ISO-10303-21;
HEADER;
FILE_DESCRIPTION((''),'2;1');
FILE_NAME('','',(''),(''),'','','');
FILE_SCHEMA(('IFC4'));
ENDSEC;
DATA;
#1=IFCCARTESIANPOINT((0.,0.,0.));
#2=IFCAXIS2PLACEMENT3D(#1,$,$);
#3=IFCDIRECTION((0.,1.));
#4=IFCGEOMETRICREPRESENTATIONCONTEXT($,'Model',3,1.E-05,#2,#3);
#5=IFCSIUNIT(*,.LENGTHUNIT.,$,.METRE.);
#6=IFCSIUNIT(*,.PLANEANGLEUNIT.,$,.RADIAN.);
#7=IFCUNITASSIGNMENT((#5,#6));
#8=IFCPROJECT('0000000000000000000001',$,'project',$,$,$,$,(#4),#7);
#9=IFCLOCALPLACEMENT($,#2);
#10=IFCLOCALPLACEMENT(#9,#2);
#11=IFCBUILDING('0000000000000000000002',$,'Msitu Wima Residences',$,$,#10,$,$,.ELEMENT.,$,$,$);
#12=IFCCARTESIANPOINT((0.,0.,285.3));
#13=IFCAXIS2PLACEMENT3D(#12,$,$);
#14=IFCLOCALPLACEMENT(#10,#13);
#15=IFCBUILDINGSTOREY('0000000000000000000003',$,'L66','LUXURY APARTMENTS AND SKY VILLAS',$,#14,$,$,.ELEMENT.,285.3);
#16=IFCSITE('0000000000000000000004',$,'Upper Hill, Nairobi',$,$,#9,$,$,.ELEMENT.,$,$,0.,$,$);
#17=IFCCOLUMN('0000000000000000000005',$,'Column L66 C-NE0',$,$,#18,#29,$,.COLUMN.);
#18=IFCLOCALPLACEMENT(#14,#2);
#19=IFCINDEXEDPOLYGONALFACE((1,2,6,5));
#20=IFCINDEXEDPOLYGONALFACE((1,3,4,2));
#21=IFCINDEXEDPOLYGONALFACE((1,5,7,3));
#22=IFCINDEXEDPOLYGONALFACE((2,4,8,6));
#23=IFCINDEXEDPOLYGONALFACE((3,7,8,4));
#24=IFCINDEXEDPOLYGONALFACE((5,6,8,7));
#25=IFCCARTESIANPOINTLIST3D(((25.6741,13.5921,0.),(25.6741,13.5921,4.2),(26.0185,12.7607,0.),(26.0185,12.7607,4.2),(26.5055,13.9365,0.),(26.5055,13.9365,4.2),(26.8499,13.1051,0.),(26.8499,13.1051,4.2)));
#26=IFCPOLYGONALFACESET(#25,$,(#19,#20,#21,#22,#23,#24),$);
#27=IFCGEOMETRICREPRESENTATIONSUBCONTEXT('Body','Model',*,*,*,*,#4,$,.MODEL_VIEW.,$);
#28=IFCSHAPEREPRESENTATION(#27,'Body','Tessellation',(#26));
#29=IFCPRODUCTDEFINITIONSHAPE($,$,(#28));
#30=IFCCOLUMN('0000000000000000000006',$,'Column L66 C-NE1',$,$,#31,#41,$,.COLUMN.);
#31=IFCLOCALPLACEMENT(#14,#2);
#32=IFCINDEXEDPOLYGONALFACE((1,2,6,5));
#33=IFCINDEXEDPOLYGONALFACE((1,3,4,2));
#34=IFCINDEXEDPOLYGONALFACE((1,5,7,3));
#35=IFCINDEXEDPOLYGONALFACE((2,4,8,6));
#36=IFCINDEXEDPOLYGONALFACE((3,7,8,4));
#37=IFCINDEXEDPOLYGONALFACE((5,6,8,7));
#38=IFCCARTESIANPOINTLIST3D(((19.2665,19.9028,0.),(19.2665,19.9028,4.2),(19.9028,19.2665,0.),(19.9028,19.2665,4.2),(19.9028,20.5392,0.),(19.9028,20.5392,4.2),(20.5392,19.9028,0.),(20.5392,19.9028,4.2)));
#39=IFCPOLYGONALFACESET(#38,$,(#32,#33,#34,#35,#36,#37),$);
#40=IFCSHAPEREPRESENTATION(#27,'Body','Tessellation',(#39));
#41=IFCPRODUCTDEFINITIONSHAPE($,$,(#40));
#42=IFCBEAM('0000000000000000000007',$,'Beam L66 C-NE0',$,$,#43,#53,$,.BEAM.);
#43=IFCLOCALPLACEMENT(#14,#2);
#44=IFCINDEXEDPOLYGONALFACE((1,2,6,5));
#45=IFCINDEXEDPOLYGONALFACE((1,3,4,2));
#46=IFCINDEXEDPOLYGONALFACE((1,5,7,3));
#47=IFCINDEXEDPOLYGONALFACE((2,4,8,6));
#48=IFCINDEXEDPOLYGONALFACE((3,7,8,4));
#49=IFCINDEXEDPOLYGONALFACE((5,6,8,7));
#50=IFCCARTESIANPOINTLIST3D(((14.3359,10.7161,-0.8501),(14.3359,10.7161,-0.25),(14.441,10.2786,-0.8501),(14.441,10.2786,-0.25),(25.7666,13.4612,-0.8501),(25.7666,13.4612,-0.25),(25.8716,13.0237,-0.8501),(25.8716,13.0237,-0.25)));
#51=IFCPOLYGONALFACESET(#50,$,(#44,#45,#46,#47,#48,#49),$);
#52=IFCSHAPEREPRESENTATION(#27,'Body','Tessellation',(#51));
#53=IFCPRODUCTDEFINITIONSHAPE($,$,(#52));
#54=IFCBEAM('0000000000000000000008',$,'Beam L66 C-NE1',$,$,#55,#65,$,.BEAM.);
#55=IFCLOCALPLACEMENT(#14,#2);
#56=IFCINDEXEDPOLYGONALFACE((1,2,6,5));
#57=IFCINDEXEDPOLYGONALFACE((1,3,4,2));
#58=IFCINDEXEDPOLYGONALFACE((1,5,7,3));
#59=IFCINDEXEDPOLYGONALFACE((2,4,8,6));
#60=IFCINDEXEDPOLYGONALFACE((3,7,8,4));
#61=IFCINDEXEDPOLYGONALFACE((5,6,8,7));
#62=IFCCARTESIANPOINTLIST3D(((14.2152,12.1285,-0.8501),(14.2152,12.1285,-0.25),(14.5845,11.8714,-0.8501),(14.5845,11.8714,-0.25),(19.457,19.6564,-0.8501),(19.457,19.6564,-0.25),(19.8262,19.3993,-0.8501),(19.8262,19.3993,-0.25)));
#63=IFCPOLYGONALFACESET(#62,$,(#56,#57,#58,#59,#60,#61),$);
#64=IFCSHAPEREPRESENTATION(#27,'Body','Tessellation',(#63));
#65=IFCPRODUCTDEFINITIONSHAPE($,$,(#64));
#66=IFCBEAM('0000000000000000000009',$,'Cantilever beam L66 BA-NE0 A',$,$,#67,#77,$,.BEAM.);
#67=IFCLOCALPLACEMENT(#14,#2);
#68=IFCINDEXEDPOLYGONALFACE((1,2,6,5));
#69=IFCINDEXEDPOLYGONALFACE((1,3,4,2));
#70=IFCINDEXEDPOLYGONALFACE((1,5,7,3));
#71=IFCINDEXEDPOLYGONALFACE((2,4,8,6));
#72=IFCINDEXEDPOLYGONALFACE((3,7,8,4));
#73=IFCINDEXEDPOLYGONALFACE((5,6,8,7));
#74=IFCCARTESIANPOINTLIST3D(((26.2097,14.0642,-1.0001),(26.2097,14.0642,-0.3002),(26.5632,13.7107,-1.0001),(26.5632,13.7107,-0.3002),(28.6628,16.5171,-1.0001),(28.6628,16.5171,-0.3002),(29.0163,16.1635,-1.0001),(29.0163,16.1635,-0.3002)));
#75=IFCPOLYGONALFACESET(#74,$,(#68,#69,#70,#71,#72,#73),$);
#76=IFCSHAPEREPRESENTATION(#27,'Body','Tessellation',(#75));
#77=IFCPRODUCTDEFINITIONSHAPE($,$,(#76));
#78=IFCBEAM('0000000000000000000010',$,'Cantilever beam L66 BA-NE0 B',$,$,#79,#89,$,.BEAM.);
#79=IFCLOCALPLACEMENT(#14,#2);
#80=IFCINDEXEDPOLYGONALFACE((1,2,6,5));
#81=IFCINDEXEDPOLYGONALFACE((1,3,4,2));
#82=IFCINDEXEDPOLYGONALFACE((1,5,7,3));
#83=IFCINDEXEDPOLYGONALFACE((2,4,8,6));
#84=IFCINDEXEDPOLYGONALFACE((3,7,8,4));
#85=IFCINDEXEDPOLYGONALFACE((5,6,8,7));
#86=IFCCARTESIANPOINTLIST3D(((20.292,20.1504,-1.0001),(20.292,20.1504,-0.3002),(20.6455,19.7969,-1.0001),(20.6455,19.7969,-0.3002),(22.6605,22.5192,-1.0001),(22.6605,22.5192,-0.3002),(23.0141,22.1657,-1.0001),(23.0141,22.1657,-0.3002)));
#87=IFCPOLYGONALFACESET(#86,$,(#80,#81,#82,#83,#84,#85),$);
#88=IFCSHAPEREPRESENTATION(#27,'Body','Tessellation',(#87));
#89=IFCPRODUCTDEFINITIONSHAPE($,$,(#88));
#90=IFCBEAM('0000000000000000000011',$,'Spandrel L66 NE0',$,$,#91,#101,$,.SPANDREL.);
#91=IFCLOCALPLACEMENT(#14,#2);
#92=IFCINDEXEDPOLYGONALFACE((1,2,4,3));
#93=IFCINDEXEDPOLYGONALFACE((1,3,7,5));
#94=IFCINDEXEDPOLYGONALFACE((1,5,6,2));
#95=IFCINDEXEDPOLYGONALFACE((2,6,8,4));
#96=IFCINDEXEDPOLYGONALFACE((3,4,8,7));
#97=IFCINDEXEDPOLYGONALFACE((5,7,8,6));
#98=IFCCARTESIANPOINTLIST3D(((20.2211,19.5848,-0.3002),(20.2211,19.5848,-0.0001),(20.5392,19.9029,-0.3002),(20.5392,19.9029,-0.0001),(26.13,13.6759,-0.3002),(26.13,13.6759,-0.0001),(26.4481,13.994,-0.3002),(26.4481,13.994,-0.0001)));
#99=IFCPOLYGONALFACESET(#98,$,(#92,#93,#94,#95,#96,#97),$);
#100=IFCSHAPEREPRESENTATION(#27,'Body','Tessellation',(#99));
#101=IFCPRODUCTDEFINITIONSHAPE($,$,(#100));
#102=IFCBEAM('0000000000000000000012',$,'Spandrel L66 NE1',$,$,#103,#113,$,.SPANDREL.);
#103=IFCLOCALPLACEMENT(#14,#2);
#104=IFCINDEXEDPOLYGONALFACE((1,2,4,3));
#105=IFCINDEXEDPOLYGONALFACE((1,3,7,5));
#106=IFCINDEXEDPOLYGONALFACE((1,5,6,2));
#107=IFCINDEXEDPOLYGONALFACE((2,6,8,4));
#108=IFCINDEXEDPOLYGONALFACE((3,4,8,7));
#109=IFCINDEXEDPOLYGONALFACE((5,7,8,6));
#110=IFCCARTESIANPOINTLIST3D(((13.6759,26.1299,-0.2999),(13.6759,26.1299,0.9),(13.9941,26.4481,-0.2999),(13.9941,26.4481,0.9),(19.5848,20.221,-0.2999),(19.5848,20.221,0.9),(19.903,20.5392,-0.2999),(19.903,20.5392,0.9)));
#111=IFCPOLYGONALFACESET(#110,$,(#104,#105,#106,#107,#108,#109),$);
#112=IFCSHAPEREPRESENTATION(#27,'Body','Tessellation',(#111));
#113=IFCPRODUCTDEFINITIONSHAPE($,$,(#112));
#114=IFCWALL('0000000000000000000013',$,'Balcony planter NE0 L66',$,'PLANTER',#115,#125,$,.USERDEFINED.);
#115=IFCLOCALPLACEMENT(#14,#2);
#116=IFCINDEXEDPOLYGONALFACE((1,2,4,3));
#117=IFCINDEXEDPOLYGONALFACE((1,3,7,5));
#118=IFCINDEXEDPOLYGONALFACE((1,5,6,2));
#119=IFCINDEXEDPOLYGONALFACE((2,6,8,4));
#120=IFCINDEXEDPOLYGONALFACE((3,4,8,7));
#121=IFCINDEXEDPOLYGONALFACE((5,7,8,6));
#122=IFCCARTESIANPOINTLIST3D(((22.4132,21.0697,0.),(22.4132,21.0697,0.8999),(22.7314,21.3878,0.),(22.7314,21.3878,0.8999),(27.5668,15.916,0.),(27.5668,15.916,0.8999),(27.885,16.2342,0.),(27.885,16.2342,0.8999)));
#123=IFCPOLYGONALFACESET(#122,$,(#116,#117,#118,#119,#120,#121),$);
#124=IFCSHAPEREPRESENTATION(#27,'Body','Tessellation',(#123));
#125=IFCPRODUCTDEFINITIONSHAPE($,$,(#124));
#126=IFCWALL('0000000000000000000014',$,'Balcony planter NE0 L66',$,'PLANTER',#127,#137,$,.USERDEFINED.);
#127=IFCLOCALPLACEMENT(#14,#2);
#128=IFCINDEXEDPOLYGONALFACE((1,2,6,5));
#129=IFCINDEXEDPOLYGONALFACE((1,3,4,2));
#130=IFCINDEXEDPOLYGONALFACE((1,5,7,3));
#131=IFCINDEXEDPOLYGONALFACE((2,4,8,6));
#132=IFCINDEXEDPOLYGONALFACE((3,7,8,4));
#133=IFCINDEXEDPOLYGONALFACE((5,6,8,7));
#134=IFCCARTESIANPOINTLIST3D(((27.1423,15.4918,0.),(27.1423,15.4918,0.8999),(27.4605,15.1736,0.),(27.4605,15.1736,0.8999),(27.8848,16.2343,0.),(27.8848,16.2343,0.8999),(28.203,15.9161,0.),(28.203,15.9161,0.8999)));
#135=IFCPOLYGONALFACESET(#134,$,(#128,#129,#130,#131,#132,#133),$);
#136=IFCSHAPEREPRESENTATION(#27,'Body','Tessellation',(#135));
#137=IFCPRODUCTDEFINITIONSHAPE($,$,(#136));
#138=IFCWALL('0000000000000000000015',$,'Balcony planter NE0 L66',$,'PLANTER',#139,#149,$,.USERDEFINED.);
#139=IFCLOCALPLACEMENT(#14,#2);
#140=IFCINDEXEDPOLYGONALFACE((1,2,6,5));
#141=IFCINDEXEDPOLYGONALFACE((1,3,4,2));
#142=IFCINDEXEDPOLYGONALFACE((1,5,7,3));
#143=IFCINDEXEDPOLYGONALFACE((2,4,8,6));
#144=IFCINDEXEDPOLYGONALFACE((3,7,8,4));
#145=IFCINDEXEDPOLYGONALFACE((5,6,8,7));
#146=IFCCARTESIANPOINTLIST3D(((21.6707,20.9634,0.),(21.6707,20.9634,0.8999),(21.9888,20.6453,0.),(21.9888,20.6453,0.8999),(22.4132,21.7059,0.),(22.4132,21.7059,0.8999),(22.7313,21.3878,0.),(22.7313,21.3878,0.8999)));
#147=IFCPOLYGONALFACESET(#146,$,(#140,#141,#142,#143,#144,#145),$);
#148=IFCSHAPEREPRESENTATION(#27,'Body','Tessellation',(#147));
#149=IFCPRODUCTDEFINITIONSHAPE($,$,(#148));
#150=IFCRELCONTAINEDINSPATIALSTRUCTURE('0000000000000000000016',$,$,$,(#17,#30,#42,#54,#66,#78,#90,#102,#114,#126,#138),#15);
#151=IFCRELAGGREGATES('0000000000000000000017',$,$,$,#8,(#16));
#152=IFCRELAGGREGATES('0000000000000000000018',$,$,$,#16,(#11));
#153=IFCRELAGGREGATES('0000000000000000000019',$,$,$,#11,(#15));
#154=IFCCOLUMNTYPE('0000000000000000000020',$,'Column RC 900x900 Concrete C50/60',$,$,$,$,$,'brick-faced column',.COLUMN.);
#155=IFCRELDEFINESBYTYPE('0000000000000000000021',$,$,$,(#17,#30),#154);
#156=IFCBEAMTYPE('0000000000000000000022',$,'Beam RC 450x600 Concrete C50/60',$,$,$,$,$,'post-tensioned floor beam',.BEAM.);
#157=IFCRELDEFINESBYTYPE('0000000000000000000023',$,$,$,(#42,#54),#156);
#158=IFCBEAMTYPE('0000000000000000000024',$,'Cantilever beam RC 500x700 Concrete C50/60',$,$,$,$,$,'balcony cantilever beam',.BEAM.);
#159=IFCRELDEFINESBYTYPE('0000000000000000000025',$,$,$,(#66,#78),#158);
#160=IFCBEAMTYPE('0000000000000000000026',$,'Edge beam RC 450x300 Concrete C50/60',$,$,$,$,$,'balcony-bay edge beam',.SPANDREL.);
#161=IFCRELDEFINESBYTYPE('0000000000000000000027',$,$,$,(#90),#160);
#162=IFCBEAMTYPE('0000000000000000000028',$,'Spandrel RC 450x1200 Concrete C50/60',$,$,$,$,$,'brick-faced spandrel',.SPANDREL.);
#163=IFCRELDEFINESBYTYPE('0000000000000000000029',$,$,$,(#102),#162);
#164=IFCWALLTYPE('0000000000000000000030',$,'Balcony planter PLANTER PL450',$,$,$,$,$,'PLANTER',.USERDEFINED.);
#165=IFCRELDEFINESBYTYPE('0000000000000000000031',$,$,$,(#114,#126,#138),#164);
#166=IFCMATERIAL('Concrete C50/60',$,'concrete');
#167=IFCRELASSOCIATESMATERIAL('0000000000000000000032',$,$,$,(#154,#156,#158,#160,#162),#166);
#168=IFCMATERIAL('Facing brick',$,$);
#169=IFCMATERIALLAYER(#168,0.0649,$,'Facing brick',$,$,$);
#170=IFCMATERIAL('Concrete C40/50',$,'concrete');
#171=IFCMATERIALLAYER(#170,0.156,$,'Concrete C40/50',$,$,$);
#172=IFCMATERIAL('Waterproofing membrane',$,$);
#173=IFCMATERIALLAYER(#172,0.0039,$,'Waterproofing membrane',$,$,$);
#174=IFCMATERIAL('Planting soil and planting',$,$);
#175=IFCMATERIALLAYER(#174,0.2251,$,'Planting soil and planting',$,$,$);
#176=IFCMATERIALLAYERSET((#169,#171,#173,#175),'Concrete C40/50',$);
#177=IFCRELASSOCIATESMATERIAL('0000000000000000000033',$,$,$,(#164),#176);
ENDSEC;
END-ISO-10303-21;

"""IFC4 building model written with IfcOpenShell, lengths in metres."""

from ifc_helpers import new_model, si_unit, direction, frame, frame_2d, origin, origin_2d, place, context, subcontext, project, spatial, rectangle, extrude, material, layer, layer_set, material_profile, profile_set, type_object, element, save


model = new_model("IFC4")

# Units and contexts
model_context = context("Model", 3, precision=1e-05, world=origin(), true_north=direction((0.0, 1.0)))
body_context = subcontext(model_context, "Body", "Model", "MODEL_VIEW")
ifc_project = project(units=[si_unit("LENGTHUNIT", "METRE"), si_unit("PLANEANGLEUNIT", "RADIAN")], contexts=[model_context])

# Site, building, storey
site_placement = place(None, origin())
site = spatial("IfcSite", under=ifc_project, at=site_placement, Name="Upper Hill, Nairobi", CompositionType="ELEMENT", RefElevation=0.0)
building_placement = place(site_placement, origin())
building = spatial("IfcBuilding", under=site, at=building_placement, Name="Msitu Wima Residences", CompositionType="ELEMENT")
storey_placement = place(building_placement, frame((0.0, 0.0, 285.3)))
storey = spatial("IfcBuildingStorey", under=building, at=storey_placement, Name="L66", Description="LUXURY APARTMENTS AND SKY VILLAS", CompositionType="ELEMENT", Elevation=285.3)

# Columns
ifc_material_1 = material(Name="Concrete C50/60", Category="concrete")
ifc_material_profile_1 = material_profile(ifc_material_1, rectangle(XDim=0.8999, YDim=0.8999, at=origin_2d()), Name="RC 900x900")
ifc_profile_set_1 = profile_set([ifc_material_profile_1], Name="Concrete C50/60")
column_type = type_object("IfcColumnType", Name="Column RC 900x900 Concrete C50/60", ElementType="brick-faced column", PredefinedType="COLUMN", material=ifc_profile_set_1)
for number, where, z_axis, x_axis, name in (
    (1, (26.262, 13.3486, 0.0), (0.0, 0.0, 1.0), (-0.382683, 0.92388, 0.0), "Column L66 C-NE0"),
    (2, (19.9028, 19.9028, 0.0), (0.0, 0.0, 1.0), (-0.707107, 0.707107, 0.0), "Column L66 C-NE1"),
):
    element("IfcColumn", number, at=place(storey_placement, frame(where, z_axis=z_axis, x_axis=x_axis)), inside=storey, type_object=column_type, Name=name, PredefinedType="COLUMN", context=body_context, shape_type="SweptSolid", body=[
        extrude(rectangle(XDim=0.8999, YDim=0.8999, at=origin_2d()), origin(), (0.0, 0.0, 1.0), 4.2),
    ])

# Beams
ifc_material_profile_2 = material_profile(ifc_material_1, rectangle(XDim=0.45, YDim=0.6001, at=origin_2d()), Name="RC 450x600")
ifc_profile_set_2 = profile_set([ifc_material_profile_2], Name="Concrete C50/60")
beam_type_1 = type_object("IfcBeamType", Name="Beam RC 450x600 Concrete C50/60", ElementType="post-tensioned floor beam", PredefinedType="BEAM", material=ifc_profile_set_2)
beam_1_placement = place(storey_placement, frame((25.8191, 13.2424, -0.55), z_axis=(-0.972353, -0.233514, 0.0), x_axis=(0.233514, -0.972353, 0.0)))
element("IfcBeam", 3, at=beam_1_placement, inside=storey, type_object=beam_type_1, Name="Beam L66 C-NE0", PredefinedType="BEAM", context=body_context, shape_type="SweptSolid", body=[
    extrude(rectangle(XDim=0.45, YDim=0.6001, at=origin_2d()), origin(), (0.0, 0.0, 1.0), 11.7556),
])
beam_2_placement = place(storey_placement, frame((19.6416, 19.5278, -0.55), z_axis=(-0.571428, -0.820652, 0.0), x_axis=(0.820652, -0.571428, 0.0)))
element("IfcBeam", 4, at=beam_2_placement, inside=storey, type_object=beam_type_1, Name="Beam L66 C-NE1", PredefinedType="BEAM", context=body_context, shape_type="SweptSolid", body=[
    extrude(rectangle(XDim=0.45, YDim=0.6001, at=origin_2d()), origin(), (0.0, 0.0, 1.0), 9.1731),
])
ifc_material_profile_3 = material_profile(ifc_material_1, rectangle(XDim=0.5, YDim=0.7, at=origin_2d()), Name="RC 500x700")
ifc_profile_set_3 = profile_set([ifc_material_profile_3], Name="Concrete C50/60")
beam_type_2 = type_object("IfcBeamType", Name="Cantilever beam RC 500x700 Concrete C50/60", ElementType="balcony cantilever beam", PredefinedType="BEAM", material=ifc_profile_set_3)
beam_3_placement = place(storey_placement, frame((26.3865, 13.8875, -0.6501), z_axis=(0.707142, 0.707072, 0.0), x_axis=(-0.707072, 0.707142, 0.0)))
element("IfcBeam", 5, at=beam_3_placement, inside=storey, type_object=beam_type_2, Name="Cantilever beam L66 BA-NE0 A", PredefinedType="BEAM", context=body_context, shape_type="SweptSolid", body=[
    extrude(rectangle(XDim=0.5, YDim=0.7, at=origin_2d()), origin(), (0.0, 0.0, 1.0), 3.469),
])
beam_4_placement = place(storey_placement, frame((20.4688, 19.9736, -0.6501), z_axis=(0.70707, 0.707143, 0.0), x_axis=(-0.707143, 0.70707, 0.0)))
element("IfcBeam", 6, at=beam_4_placement, inside=storey, type_object=beam_type_2, Name="Cantilever beam L66 BA-NE0 B", PredefinedType="BEAM", context=body_context, shape_type="SweptSolid", body=[
    extrude(rectangle(XDim=0.5, YDim=0.7, at=origin_2d()), origin(), (0.0, 0.0, 1.0), 3.3499),
])
ifc_material_profile_4 = material_profile(ifc_material_1, rectangle(XDim=0.45, YDim=0.3, at=origin_2d()), Name="RC 450x300")
ifc_profile_set_4 = profile_set([ifc_material_profile_4], Name="Concrete C50/60")
beam_type_3 = type_object("IfcBeamType", Name="Edge beam RC 450x300 Concrete C50/60", ElementType="balcony-bay edge beam", PredefinedType="SPANDREL", material=ifc_profile_set_4)
beam_5_placement = place(storey_placement, frame((26.2891, 13.835, -0.1501), z_axis=(-0.707107, 0.707107, 0.0), x_axis=(-0.707107, -0.707107, 0.0)))
element("IfcBeam", 7, at=beam_5_placement, inside=storey, type_object=beam_type_3, Name="Spandrel L66 NE0", PredefinedType="SPANDREL", context=body_context, shape_type="SweptSolid", body=[
    extrude(rectangle(XDim=0.45, YDim=0.3, at=origin_2d()), origin(), (0.0, 0.0, 1.0), 8.3564),
])
ifc_material_profile_5 = material_profile(ifc_material_1, rectangle(XDim=0.45, YDim=1.2, at=origin_2d()), Name="RC 450x1200")
ifc_profile_set_5 = profile_set([ifc_material_profile_5], Name="Concrete C50/60")
beam_type_4 = type_object("IfcBeamType", Name="Spandrel RC 450x1200 Concrete C50/60", ElementType="brick-faced spandrel", PredefinedType="SPANDREL", material=ifc_profile_set_5)
beam_6_placement = place(storey_placement, frame((19.7439, 20.3801, 0.3), z_axis=(-0.707107, 0.707107, 0.0), x_axis=(-0.707107, -0.707107, 0.0)))
element("IfcBeam", 8, at=beam_6_placement, inside=storey, type_object=beam_type_4, Name="Spandrel L66 NE1", PredefinedType="SPANDREL", context=body_context, shape_type="SweptSolid", body=[
    extrude(rectangle(XDim=0.45, YDim=1.2, at=origin_2d()), origin(), (0.0, 0.0, 1.0), 8.3564),
])

# Walls
ifc_material_2 = material(Name="Facing brick")
ifc_layer_1 = layer(ifc_material_2, 0.0649, Name="Facing brick")
ifc_material_3 = material(Name="Concrete C40/50", Category="concrete")
ifc_layer_2 = layer(ifc_material_3, 0.156, Name="Concrete C40/50")
ifc_material_4 = material(Name="Waterproofing membrane")
ifc_layer_3 = layer(ifc_material_4, 0.0039, Name="Waterproofing membrane")
ifc_material_5 = material(Name="Planting soil and planting")
ifc_layer_4 = layer(ifc_material_5, 0.2251, Name="Planting soil and planting")
ifc_layer_set_1 = layer_set([ifc_layer_1, ifc_layer_2, ifc_layer_3, ifc_layer_4], Name="Concrete C40/50")
wall_type_1 = type_object("IfcWallType", Name="Balcony planter PLANTER PL450", ElementType="PLANTER", PredefinedType="USERDEFINED", material=ifc_layer_set_1)
wall_1_placement = place(storey_placement, frame((27.7258, 16.0752, 0.0), z_axis=(0.0, 0.0, 1.0), x_axis=(-0.707107, 0.707107, 0.0)))
element("IfcWall", 9, at=wall_1_placement, inside=storey, type_object=wall_type_1, Name="Balcony planter NE0 L66", ObjectType="PLANTER", PredefinedType="USERDEFINED", context=body_context, shape_type="SweptSolid", body=[
    extrude(rectangle(XDim=7.2883, YDim=0.45, at=frame_2d((3.644, 0.0))), origin(), (0.0, 0.0, 1.0), 0.8999),
])
for number, where, z_axis, x_axis, name in (
    (10, (27.3015, 15.3328, 0.0), (0.0, 0.0, 1.0), (0.707107, 0.707107, 0.0), "Balcony planter NE0 L66"),
    (11, (21.8298, 20.8044, 0.0), (0.0, 0.0, 1.0), (0.707107, 0.707107, 0.0), "Balcony planter NE0 L66"),
):
    element("IfcWall", number, at=place(storey_placement, frame(where, z_axis=z_axis, x_axis=x_axis)), inside=storey, type_object=wall_type_1, Name=name, ObjectType="PLANTER", PredefinedType="USERDEFINED", context=body_context, shape_type="SweptSolid", body=[
        extrude(rectangle(XDim=1.05, YDim=0.45, at=frame_2d((0.5249, 0.0))), origin(), (0.0, 0.0, 1.0), 0.8999),
    ])

save(model, "model.ifc")
